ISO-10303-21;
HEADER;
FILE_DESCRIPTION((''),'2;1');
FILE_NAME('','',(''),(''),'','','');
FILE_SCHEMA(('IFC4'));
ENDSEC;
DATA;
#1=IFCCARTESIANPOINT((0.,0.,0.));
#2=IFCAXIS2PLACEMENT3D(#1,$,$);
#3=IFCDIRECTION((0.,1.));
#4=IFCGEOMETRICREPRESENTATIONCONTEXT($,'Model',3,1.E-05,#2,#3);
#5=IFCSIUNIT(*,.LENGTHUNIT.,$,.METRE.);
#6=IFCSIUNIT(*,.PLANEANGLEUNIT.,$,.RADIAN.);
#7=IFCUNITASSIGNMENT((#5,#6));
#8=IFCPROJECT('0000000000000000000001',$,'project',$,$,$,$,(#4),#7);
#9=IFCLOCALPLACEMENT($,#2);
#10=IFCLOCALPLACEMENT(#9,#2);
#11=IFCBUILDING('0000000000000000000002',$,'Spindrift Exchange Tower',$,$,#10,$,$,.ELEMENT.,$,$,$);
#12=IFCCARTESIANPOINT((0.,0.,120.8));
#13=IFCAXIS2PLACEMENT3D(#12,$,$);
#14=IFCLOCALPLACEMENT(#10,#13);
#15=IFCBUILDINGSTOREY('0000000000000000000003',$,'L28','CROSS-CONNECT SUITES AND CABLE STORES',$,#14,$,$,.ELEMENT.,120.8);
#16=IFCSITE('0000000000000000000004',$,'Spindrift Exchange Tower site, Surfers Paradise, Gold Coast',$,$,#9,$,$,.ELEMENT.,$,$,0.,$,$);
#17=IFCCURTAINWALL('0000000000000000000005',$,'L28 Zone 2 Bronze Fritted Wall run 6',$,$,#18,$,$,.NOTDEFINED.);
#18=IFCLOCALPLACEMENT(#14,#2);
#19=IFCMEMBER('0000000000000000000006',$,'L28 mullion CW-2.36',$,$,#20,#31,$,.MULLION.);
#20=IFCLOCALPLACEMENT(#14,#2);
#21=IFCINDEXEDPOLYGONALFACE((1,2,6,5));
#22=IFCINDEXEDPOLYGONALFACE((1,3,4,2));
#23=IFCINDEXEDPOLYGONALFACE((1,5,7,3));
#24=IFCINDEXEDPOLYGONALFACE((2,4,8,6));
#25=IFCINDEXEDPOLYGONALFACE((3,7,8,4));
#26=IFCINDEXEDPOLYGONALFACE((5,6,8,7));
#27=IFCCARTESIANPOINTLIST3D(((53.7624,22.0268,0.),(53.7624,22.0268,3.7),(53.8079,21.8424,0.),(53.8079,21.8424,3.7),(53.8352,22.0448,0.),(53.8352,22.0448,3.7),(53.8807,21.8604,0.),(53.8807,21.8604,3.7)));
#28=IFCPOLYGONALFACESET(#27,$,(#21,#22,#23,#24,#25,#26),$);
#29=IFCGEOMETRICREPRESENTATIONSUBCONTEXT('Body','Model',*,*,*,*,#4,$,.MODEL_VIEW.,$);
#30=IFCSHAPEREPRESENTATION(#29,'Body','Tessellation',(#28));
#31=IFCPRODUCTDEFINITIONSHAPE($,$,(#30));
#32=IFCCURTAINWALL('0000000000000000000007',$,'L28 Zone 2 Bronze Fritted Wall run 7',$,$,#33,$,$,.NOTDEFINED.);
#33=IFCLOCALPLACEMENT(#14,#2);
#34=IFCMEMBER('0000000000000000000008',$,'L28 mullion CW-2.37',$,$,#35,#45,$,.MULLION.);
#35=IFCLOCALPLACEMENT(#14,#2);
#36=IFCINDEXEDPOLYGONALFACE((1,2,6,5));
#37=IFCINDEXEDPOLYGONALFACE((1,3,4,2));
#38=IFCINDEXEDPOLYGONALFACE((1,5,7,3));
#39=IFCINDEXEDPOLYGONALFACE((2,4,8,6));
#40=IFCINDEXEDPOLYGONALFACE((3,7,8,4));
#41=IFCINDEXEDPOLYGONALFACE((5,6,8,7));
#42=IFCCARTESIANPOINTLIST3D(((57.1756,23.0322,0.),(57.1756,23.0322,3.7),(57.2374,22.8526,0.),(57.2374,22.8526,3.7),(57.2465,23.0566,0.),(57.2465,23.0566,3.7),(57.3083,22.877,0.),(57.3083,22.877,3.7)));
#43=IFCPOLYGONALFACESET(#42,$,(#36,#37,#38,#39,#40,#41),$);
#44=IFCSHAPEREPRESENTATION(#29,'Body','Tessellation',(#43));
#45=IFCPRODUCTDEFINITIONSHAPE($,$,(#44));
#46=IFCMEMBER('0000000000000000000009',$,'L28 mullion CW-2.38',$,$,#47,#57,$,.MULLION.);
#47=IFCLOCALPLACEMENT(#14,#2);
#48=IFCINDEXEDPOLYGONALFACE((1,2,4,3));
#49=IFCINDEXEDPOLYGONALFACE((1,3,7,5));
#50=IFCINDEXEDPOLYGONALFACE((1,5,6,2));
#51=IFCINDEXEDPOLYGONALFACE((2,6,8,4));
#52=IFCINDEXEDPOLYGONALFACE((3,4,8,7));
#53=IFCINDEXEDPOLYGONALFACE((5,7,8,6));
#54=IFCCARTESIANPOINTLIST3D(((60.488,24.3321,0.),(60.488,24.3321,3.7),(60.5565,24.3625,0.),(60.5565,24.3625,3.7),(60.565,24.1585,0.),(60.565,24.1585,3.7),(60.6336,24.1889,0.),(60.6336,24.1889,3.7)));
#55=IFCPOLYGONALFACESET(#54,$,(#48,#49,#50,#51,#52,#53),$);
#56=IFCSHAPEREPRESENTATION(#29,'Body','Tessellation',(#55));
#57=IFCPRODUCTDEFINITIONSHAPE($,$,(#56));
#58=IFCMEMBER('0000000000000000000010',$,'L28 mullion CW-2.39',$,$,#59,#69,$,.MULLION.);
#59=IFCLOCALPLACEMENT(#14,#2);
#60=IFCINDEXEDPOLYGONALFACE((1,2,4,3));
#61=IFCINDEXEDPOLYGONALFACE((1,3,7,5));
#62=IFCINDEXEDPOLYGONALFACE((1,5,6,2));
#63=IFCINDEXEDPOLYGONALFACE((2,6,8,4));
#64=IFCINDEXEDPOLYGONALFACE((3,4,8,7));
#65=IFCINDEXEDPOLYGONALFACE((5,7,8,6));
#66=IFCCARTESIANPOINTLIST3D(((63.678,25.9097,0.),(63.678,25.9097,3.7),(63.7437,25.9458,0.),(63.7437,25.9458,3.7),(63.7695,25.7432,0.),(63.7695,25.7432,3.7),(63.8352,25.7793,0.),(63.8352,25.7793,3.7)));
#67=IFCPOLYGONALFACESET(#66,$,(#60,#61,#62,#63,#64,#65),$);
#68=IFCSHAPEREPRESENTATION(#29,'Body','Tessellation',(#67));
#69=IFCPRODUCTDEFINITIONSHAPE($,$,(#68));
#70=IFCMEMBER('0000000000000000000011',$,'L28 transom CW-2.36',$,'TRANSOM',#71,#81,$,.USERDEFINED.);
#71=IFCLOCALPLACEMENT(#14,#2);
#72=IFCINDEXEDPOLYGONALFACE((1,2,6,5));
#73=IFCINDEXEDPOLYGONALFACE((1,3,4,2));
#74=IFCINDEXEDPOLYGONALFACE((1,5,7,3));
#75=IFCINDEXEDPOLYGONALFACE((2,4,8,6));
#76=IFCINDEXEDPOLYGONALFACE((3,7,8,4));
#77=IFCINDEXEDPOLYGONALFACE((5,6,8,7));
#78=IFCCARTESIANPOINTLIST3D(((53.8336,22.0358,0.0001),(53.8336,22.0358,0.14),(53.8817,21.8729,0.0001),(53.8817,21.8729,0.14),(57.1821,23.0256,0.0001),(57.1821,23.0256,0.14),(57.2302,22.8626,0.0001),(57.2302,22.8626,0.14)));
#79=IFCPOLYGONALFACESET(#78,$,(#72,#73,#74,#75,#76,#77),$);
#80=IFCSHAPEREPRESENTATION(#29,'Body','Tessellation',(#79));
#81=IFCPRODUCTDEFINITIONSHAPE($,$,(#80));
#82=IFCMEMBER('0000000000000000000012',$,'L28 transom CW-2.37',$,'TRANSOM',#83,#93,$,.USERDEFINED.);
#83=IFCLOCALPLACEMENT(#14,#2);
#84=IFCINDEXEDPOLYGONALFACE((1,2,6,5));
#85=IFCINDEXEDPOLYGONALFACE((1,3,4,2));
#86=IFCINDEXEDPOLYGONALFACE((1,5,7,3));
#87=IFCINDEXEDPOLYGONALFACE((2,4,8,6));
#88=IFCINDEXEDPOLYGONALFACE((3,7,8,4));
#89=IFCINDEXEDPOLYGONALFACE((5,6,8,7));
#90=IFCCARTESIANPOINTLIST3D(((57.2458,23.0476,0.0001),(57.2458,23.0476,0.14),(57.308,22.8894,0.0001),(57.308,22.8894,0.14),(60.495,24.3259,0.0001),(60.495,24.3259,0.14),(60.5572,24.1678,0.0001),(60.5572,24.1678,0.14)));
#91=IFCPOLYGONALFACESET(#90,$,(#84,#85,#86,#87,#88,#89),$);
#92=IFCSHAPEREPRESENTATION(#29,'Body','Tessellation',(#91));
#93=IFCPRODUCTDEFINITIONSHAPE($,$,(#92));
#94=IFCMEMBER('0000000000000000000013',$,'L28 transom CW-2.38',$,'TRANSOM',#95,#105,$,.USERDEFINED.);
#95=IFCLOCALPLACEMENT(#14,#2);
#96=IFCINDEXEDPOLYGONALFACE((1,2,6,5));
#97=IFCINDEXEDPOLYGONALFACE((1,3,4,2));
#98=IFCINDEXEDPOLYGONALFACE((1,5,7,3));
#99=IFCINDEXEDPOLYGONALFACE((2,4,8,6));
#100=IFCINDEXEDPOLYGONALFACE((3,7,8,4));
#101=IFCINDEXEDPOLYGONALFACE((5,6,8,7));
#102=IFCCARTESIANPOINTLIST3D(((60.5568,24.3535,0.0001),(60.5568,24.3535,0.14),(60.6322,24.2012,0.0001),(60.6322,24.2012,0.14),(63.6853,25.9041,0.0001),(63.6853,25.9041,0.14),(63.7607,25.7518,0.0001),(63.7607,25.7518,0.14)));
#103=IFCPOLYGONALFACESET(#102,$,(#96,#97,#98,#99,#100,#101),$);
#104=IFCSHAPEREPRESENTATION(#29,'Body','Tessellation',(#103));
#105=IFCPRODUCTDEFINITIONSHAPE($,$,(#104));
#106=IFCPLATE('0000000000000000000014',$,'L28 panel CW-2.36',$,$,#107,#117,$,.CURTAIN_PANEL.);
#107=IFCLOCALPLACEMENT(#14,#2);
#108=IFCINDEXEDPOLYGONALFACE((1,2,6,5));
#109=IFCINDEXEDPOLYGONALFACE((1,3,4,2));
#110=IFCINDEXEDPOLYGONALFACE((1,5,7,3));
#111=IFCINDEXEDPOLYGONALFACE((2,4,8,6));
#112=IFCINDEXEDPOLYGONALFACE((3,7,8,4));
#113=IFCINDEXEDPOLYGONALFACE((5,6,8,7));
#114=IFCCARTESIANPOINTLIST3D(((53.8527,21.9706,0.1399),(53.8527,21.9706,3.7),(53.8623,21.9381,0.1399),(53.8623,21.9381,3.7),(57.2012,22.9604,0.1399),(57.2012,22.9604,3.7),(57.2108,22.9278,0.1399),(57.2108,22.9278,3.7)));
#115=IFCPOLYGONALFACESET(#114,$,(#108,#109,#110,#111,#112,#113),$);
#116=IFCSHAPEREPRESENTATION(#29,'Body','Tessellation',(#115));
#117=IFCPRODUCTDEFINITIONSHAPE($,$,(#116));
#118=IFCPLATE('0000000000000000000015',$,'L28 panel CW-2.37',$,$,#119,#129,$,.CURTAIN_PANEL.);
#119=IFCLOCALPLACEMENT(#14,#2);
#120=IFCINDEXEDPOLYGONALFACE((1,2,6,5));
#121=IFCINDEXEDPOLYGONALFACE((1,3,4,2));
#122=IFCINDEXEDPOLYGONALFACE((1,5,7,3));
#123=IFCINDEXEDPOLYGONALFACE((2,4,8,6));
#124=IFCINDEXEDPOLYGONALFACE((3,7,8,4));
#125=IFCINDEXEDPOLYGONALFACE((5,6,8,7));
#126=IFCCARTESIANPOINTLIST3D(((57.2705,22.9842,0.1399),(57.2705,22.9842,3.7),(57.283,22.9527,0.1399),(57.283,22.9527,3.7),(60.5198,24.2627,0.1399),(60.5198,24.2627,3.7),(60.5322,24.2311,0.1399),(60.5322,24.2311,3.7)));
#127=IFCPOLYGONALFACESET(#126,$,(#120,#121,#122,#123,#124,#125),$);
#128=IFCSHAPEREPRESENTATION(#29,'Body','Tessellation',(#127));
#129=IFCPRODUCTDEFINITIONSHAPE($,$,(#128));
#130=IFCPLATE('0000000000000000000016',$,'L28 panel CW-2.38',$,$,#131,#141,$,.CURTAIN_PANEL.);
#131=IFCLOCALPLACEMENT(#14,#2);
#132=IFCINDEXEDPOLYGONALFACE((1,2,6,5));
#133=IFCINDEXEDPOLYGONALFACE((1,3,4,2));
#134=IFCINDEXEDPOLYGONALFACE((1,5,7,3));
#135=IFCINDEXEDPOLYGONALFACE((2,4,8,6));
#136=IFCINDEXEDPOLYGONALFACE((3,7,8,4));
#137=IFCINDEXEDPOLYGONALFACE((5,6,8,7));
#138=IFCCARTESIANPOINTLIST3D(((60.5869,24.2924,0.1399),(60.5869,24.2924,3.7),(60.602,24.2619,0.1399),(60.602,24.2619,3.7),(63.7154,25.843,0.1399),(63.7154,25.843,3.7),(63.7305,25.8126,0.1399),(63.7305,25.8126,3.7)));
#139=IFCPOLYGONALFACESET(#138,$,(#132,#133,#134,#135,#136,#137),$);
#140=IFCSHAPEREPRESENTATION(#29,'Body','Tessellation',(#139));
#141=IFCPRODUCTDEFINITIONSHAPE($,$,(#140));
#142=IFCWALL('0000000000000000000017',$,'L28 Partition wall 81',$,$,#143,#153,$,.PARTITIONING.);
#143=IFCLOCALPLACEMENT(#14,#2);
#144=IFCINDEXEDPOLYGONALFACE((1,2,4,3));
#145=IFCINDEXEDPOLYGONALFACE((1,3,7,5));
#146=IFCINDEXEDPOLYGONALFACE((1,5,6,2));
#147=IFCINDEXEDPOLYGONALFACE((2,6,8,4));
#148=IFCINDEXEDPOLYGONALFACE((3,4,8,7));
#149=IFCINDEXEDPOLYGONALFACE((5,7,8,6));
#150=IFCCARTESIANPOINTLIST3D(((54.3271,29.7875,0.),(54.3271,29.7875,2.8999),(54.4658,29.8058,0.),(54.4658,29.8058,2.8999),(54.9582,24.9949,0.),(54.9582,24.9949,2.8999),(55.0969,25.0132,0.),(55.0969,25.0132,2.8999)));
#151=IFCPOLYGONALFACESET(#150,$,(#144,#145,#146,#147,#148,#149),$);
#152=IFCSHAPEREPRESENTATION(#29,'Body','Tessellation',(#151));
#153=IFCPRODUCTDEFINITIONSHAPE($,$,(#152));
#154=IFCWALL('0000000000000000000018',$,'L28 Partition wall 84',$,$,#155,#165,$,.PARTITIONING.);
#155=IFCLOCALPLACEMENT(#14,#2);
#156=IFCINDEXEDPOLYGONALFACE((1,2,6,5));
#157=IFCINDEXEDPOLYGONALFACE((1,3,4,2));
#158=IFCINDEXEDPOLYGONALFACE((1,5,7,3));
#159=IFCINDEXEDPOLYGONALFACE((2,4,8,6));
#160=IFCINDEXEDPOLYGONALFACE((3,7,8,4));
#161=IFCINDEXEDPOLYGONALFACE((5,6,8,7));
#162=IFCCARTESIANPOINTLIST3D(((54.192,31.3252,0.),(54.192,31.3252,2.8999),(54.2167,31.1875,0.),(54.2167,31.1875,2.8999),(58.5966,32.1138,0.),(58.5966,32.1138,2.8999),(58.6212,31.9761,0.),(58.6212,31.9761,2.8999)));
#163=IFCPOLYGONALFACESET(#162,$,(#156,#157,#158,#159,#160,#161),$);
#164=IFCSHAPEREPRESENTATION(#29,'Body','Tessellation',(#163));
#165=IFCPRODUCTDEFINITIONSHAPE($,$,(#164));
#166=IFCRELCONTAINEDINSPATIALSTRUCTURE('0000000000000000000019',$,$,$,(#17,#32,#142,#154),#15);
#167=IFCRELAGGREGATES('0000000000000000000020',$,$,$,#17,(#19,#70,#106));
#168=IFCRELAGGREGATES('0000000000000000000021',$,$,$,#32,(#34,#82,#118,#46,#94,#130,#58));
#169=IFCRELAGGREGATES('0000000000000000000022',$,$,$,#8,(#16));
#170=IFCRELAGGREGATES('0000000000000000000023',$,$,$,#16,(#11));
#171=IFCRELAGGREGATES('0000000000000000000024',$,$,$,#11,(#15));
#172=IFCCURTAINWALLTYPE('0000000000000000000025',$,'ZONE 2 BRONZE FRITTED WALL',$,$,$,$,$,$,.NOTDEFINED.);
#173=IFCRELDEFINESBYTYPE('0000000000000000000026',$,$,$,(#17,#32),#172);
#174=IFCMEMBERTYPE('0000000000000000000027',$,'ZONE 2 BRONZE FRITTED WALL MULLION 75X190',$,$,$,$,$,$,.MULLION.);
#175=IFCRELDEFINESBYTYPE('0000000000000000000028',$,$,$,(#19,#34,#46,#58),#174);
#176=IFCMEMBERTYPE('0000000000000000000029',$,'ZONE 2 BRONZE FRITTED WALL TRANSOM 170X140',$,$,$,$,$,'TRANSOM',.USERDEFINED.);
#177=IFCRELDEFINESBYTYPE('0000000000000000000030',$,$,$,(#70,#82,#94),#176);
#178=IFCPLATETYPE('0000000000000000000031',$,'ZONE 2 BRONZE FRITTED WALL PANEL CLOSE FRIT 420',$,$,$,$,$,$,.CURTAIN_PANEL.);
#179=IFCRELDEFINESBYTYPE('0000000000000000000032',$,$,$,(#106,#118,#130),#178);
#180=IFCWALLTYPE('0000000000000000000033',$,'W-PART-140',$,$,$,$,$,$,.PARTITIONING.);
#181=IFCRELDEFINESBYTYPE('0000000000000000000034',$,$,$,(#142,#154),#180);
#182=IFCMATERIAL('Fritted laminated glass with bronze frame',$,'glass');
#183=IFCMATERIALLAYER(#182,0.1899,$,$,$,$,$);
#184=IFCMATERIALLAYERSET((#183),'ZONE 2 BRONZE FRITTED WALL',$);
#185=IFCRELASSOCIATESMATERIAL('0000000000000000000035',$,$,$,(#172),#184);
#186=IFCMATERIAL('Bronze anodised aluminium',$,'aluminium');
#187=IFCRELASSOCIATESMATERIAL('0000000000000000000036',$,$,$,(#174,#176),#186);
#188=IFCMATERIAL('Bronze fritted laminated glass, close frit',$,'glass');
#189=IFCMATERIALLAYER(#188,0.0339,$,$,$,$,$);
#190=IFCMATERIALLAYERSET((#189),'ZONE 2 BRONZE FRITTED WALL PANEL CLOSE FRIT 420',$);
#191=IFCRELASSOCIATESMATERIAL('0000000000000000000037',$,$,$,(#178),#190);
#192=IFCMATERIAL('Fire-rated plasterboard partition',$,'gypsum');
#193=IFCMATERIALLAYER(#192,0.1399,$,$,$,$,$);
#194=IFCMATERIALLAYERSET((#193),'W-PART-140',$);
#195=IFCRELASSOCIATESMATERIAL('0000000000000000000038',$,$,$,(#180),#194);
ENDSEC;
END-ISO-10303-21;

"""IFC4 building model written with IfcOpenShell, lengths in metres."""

from ifc_helpers import new_model, si_unit, direction, frame, frame_2d, origin, origin_2d, place, context, subcontext, project, spatial, rectangle, extrude, source, transform, mapped, material, layer, layer_set, material_profile, profile_set, type_object, element, aggregate, save


model = new_model("IFC4")

# Units and contexts
model_context = context("Model", 3, precision=1e-05, world=origin(), true_north=direction((0.0, 1.0)))
body_context = subcontext(model_context, "Body", "Model", "MODEL_VIEW")
ifc_project = project(units=[si_unit("LENGTHUNIT", "METRE"), si_unit("PLANEANGLEUNIT", "RADIAN")], contexts=[model_context])

# Site, building, storey
site_placement = place(None, origin())
site = spatial("IfcSite", under=ifc_project, at=site_placement, Name="Spindrift Exchange Tower site, Surfers Paradise, Gold Coast", CompositionType="ELEMENT", RefElevation=0.0)
building_placement = place(site_placement, origin())
building = spatial("IfcBuilding", under=site, at=building_placement, Name="Spindrift Exchange Tower", CompositionType="ELEMENT")
storey_placement = place(building_placement, frame((0.0, 0.0, 120.8)))
storey = spatial("IfcBuildingStorey", under=building, at=storey_placement, Name="L28", Description="CROSS-CONNECT SUITES AND CABLE STORES", CompositionType="ELEMENT", Elevation=120.8)

# Curtain wall, member
ifc_material_1 = material(Name="Fritted laminated glass with bronze frame", Category="glass")
ifc_layer_1 = layer(ifc_material_1, 0.1899)
ifc_layer_set_1 = layer_set([ifc_layer_1], Name="ZONE 2 BRONZE FRITTED WALL")
curtain_wall_type = type_object("IfcCurtainWallType", Name="ZONE 2 BRONZE FRITTED WALL", PredefinedType="NOTDEFINED", material=ifc_layer_set_1)
curtain_wall_1_placement = place(storey_placement, origin())
curtain_wall_1 = element("IfcCurtainWall", 1, at=curtain_wall_1_placement, inside=storey, type_object=curtain_wall_type, Name="L28 Zone 2 Bronze Fritted Wall run 6", PredefinedType="NOTDEFINED")
ifc_material_2 = material(Name="Bronze anodised aluminium", Category="aluminium")
ifc_material_profile_1 = material_profile(ifc_material_2, rectangle(XDim=0.075, YDim=0.1899, at=origin_2d()), Name="ZONE 2 BRONZE FRITTED WALL MULLION 75X190")
ifc_profile_set_1 = profile_set([ifc_material_profile_1], Name="Bronze anodised aluminium")
member_type_1 = type_object("IfcMemberType", Name="ZONE 2 BRONZE FRITTED WALL MULLION 75X190", PredefinedType="MULLION", material=ifc_profile_set_1)
shared_shape_1 = source(origin(), body_context, "Body", "SweptSolid", [
    extrude(rectangle(XDim=0.075, YDim=0.1899, at=origin_2d()), origin(), (0.0, 0.0, 1.0), 3.7),
])
member_1_placement = place(storey_placement, frame((53.8215, 21.9436, 0.0), z_axis=(0.0, 0.0, 1.0), x_axis=(0.970896, 0.239502, 0.0)))
member_1 = element("IfcMember", 2, at=member_1_placement, type_object=member_type_1, Name="L28 mullion CW-2.36", PredefinedType="MULLION", context=body_context, shape_type="MappedRepresentation", body=[
    mapped(shared_shape_1, transform((0.0, 0.0, 0.0), scale=1.0)),
])

# Curtain wall, members
curtain_wall_2_placement = place(storey_placement, origin())
curtain_wall_2 = element("IfcCurtainWall", 3, at=curtain_wall_2_placement, inside=storey, type_object=curtain_wall_type, Name="L28 Zone 2 Bronze Fritted Wall run 7", PredefinedType="NOTDEFINED")
member_2_placement = place(storey_placement, frame((57.2419, 22.9546, 0.0), z_axis=(0.0, 0.0, 1.0), x_axis=(0.945675, 0.325113, 0.0)))
member_2 = element("IfcMember", 4, at=member_2_placement, type_object=member_type_1, Name="L28 mullion CW-2.37", PredefinedType="MULLION", context=body_context, shape_type="MappedRepresentation", body=[
    mapped(shared_shape_1, transform((0.0, 0.0, 0.0), scale=1.0)),
])
member_3_placement = place(storey_placement, frame((60.5608, 24.2605, 0.0), z_axis=(0.0, 0.0, 1.0), x_axis=(0.914099, 0.405491, 0.0)))
member_3 = element("IfcMember", 5, at=member_3_placement, type_object=member_type_1, Name="L28 mullion CW-2.38", PredefinedType="MULLION", context=body_context, shape_type="MappedRepresentation", body=[
    mapped(shared_shape_1, transform((0.0, 0.0, 0.0), scale=1.0)),
])
member_4_placement = place(storey_placement, frame((63.7566, 25.8445, 0.0), z_axis=(0.0, 0.0, 1.0), x_axis=(0.876466, 0.481464, 0.0)))
member_4 = element("IfcMember", 6, at=member_4_placement, type_object=member_type_1, Name="L28 mullion CW-2.39", PredefinedType="MULLION", context=body_context, shape_type="MappedRepresentation", body=[
    mapped(shared_shape_1, transform((0.0, 0.0, 0.0), scale=1.0)),
])

# Members
ifc_material_profile_2 = material_profile(ifc_material_2, rectangle(XDim=0.1699, YDim=0.1399, at=origin_2d()), Name="ZONE 2 BRONZE FRITTED WALL TRANSOM 170X140")
ifc_profile_set_2 = profile_set([ifc_material_profile_2], Name="Bronze anodised aluminium")
member_type_2 = type_object("IfcMemberType", Name="ZONE 2 BRONZE FRITTED WALL TRANSOM 170X140", ElementType="TRANSOM", PredefinedType="USERDEFINED", material=ifc_profile_set_2)
shared_shape_2 = source(origin(), body_context, "Body", "SweptSolid", [
    extrude(rectangle(XDim=0.1699, YDim=0.1399, at=origin_2d()), origin(), (0.0, 0.0, 1.0), 3.4917),
])
member_5_placement = place(storey_placement, frame((53.8577, 21.9543, 0.0701), z_axis=(0.958983, 0.283465, 0.0), x_axis=(-0.283465, 0.958983, 0.0)))
member_5 = element("IfcMember", 7, at=member_5_placement, type_object=member_type_2, Name="L28 transom CW-2.36", ObjectType="TRANSOM", PredefinedType="USERDEFINED", context=body_context, shape_type="MappedRepresentation", body=[
    mapped(shared_shape_2, transform((0.0, 0.0, 0.0), scale=1.0)),
])
member_6_placement = place(storey_placement, frame((57.2769, 22.9685, 0.0701), z_axis=(0.930574, 0.366104, 0.0), x_axis=(-0.366104, 0.930574, 0.0)))
member_6 = element("IfcMember", 8, at=member_6_placement, type_object=member_type_2, Name="L28 transom CW-2.37", ObjectType="TRANSOM", PredefinedType="USERDEFINED", context=body_context, shape_type="MappedRepresentation", body=[
    mapped(shared_shape_2, transform((0.0, 0.0, 0.0), scale=1.0)),
])
member_7_placement = place(storey_placement, frame((60.5945, 24.2773, 0.0701), z_axis=(0.895988, 0.444078, 0.0), x_axis=(-0.444078, 0.895988, 0.0)))
member_7 = element("IfcMember", 9, at=member_7_placement, type_object=member_type_2, Name="L28 transom CW-2.38", ObjectType="TRANSOM", PredefinedType="USERDEFINED", context=body_context, shape_type="MappedRepresentation", body=[
    mapped(shared_shape_2, transform((0.0, 0.0, 0.0), scale=1.0)),
])

# Plates
ifc_material_3 = material(Name="Bronze fritted laminated glass, close frit", Category="glass")
ifc_layer_2 = layer(ifc_material_3, 0.0339)
ifc_layer_set_2 = layer_set([ifc_layer_2], Name="ZONE 2 BRONZE FRITTED WALL PANEL CLOSE FRIT 420")
plate_type = type_object("IfcPlateType", Name="ZONE 2 BRONZE FRITTED WALL PANEL CLOSE FRIT 420", PredefinedType="CURTAIN_PANEL", material=ifc_layer_set_2)
shared_shape_3 = source(origin(), body_context, "Body", "SweptSolid", [
    extrude(rectangle(XDim=3.4917, YDim=0.0339, at=origin_2d()), origin(), (0.0, 0.0, 1.0), 3.5601),
])
plate_1_placement = place(storey_placement, frame((55.5317, 22.4492, 0.1399), z_axis=(0.0, 0.0, 1.0), x_axis=(0.958983, 0.283465, 0.0)))
plate_1 = element("IfcPlate", 10, at=plate_1_placement, type_object=plate_type, Name="L28 panel CW-2.36", PredefinedType="CURTAIN_PANEL", context=body_context, shape_type="MappedRepresentation", body=[
    mapped(shared_shape_3, transform((0.0, 0.0, 0.0), scale=1.0)),
])
aggregate(curtain_wall_1, [member_1, member_5, plate_1])
plate_2_placement = place(storey_placement, frame((58.9014, 23.6077, 0.1399), z_axis=(0.0, 0.0, 1.0), x_axis=(0.93056, 0.366139, 0.0)))
plate_2 = element("IfcPlate", 11, at=plate_2_placement, type_object=plate_type, Name="L28 panel CW-2.37", PredefinedType="CURTAIN_PANEL", context=body_context, shape_type="MappedRepresentation", body=[
    mapped(shared_shape_3, transform((0.0, 0.0, 0.0), scale=1.0)),
])
plate_3_placement = place(storey_placement, frame((62.1587, 25.0525, 0.1399), z_axis=(0.0, 0.0, 1.0), x_axis=(0.895975, 0.444105, 0.0)))
plate_3 = element("IfcPlate", 12, at=plate_3_placement, type_object=plate_type, Name="L28 panel CW-2.38", PredefinedType="CURTAIN_PANEL", context=body_context, shape_type="MappedRepresentation", body=[
    mapped(shared_shape_3, transform((0.0, 0.0, 0.0), scale=1.0)),
])
aggregate(curtain_wall_2, [member_2, member_6, plate_2, member_3, member_7, plate_3, member_4])

# Walls
ifc_material_4 = material(Name="Fire-rated plasterboard partition", Category="gypsum")
ifc_layer_3 = layer(ifc_material_4, 0.1399)
ifc_layer_set_3 = layer_set([ifc_layer_3], Name="W-PART-140")
wall_type_1 = type_object("IfcWallType", Name="W-PART-140", PredefinedType="PARTITIONING", material=ifc_layer_set_3)
wall_1_placement = place(storey_placement, frame((54.3965, 29.7966, 0.0), z_axis=(0.0, 0.0, 1.0), x_axis=(0.130552, -0.991441, 0.0)))
element("IfcWall", 13, at=wall_1_placement, inside=storey, type_object=wall_type_1, Name="L28 Partition wall 81", PredefinedType="PARTITIONING", context=body_context, shape_type="SweptSolid", body=[
    extrude(rectangle(XDim=4.834, YDim=0.1399, at=frame_2d((2.417, 0.0))), origin(), (0.0, 0.0, 1.0), 2.8999),
])
wall_2_placement = place(storey_placement, frame((54.2043, 31.2563, 0.0), z_axis=(0.0, 0.0, 1.0), x_axis=(0.984348, 0.176234, 0.0)))
element("IfcWall", 14, at=wall_2_placement, inside=storey, type_object=wall_type_1, Name="L28 Partition wall 84", PredefinedType="PARTITIONING", context=body_context, shape_type="SweptSolid", body=[
    extrude(rectangle(XDim=4.4746, YDim=0.1399, at=frame_2d((2.2373, 0.0))), origin(), (0.0, 0.0, 1.0), 2.8999),
])

save(model, "model.ifc")
